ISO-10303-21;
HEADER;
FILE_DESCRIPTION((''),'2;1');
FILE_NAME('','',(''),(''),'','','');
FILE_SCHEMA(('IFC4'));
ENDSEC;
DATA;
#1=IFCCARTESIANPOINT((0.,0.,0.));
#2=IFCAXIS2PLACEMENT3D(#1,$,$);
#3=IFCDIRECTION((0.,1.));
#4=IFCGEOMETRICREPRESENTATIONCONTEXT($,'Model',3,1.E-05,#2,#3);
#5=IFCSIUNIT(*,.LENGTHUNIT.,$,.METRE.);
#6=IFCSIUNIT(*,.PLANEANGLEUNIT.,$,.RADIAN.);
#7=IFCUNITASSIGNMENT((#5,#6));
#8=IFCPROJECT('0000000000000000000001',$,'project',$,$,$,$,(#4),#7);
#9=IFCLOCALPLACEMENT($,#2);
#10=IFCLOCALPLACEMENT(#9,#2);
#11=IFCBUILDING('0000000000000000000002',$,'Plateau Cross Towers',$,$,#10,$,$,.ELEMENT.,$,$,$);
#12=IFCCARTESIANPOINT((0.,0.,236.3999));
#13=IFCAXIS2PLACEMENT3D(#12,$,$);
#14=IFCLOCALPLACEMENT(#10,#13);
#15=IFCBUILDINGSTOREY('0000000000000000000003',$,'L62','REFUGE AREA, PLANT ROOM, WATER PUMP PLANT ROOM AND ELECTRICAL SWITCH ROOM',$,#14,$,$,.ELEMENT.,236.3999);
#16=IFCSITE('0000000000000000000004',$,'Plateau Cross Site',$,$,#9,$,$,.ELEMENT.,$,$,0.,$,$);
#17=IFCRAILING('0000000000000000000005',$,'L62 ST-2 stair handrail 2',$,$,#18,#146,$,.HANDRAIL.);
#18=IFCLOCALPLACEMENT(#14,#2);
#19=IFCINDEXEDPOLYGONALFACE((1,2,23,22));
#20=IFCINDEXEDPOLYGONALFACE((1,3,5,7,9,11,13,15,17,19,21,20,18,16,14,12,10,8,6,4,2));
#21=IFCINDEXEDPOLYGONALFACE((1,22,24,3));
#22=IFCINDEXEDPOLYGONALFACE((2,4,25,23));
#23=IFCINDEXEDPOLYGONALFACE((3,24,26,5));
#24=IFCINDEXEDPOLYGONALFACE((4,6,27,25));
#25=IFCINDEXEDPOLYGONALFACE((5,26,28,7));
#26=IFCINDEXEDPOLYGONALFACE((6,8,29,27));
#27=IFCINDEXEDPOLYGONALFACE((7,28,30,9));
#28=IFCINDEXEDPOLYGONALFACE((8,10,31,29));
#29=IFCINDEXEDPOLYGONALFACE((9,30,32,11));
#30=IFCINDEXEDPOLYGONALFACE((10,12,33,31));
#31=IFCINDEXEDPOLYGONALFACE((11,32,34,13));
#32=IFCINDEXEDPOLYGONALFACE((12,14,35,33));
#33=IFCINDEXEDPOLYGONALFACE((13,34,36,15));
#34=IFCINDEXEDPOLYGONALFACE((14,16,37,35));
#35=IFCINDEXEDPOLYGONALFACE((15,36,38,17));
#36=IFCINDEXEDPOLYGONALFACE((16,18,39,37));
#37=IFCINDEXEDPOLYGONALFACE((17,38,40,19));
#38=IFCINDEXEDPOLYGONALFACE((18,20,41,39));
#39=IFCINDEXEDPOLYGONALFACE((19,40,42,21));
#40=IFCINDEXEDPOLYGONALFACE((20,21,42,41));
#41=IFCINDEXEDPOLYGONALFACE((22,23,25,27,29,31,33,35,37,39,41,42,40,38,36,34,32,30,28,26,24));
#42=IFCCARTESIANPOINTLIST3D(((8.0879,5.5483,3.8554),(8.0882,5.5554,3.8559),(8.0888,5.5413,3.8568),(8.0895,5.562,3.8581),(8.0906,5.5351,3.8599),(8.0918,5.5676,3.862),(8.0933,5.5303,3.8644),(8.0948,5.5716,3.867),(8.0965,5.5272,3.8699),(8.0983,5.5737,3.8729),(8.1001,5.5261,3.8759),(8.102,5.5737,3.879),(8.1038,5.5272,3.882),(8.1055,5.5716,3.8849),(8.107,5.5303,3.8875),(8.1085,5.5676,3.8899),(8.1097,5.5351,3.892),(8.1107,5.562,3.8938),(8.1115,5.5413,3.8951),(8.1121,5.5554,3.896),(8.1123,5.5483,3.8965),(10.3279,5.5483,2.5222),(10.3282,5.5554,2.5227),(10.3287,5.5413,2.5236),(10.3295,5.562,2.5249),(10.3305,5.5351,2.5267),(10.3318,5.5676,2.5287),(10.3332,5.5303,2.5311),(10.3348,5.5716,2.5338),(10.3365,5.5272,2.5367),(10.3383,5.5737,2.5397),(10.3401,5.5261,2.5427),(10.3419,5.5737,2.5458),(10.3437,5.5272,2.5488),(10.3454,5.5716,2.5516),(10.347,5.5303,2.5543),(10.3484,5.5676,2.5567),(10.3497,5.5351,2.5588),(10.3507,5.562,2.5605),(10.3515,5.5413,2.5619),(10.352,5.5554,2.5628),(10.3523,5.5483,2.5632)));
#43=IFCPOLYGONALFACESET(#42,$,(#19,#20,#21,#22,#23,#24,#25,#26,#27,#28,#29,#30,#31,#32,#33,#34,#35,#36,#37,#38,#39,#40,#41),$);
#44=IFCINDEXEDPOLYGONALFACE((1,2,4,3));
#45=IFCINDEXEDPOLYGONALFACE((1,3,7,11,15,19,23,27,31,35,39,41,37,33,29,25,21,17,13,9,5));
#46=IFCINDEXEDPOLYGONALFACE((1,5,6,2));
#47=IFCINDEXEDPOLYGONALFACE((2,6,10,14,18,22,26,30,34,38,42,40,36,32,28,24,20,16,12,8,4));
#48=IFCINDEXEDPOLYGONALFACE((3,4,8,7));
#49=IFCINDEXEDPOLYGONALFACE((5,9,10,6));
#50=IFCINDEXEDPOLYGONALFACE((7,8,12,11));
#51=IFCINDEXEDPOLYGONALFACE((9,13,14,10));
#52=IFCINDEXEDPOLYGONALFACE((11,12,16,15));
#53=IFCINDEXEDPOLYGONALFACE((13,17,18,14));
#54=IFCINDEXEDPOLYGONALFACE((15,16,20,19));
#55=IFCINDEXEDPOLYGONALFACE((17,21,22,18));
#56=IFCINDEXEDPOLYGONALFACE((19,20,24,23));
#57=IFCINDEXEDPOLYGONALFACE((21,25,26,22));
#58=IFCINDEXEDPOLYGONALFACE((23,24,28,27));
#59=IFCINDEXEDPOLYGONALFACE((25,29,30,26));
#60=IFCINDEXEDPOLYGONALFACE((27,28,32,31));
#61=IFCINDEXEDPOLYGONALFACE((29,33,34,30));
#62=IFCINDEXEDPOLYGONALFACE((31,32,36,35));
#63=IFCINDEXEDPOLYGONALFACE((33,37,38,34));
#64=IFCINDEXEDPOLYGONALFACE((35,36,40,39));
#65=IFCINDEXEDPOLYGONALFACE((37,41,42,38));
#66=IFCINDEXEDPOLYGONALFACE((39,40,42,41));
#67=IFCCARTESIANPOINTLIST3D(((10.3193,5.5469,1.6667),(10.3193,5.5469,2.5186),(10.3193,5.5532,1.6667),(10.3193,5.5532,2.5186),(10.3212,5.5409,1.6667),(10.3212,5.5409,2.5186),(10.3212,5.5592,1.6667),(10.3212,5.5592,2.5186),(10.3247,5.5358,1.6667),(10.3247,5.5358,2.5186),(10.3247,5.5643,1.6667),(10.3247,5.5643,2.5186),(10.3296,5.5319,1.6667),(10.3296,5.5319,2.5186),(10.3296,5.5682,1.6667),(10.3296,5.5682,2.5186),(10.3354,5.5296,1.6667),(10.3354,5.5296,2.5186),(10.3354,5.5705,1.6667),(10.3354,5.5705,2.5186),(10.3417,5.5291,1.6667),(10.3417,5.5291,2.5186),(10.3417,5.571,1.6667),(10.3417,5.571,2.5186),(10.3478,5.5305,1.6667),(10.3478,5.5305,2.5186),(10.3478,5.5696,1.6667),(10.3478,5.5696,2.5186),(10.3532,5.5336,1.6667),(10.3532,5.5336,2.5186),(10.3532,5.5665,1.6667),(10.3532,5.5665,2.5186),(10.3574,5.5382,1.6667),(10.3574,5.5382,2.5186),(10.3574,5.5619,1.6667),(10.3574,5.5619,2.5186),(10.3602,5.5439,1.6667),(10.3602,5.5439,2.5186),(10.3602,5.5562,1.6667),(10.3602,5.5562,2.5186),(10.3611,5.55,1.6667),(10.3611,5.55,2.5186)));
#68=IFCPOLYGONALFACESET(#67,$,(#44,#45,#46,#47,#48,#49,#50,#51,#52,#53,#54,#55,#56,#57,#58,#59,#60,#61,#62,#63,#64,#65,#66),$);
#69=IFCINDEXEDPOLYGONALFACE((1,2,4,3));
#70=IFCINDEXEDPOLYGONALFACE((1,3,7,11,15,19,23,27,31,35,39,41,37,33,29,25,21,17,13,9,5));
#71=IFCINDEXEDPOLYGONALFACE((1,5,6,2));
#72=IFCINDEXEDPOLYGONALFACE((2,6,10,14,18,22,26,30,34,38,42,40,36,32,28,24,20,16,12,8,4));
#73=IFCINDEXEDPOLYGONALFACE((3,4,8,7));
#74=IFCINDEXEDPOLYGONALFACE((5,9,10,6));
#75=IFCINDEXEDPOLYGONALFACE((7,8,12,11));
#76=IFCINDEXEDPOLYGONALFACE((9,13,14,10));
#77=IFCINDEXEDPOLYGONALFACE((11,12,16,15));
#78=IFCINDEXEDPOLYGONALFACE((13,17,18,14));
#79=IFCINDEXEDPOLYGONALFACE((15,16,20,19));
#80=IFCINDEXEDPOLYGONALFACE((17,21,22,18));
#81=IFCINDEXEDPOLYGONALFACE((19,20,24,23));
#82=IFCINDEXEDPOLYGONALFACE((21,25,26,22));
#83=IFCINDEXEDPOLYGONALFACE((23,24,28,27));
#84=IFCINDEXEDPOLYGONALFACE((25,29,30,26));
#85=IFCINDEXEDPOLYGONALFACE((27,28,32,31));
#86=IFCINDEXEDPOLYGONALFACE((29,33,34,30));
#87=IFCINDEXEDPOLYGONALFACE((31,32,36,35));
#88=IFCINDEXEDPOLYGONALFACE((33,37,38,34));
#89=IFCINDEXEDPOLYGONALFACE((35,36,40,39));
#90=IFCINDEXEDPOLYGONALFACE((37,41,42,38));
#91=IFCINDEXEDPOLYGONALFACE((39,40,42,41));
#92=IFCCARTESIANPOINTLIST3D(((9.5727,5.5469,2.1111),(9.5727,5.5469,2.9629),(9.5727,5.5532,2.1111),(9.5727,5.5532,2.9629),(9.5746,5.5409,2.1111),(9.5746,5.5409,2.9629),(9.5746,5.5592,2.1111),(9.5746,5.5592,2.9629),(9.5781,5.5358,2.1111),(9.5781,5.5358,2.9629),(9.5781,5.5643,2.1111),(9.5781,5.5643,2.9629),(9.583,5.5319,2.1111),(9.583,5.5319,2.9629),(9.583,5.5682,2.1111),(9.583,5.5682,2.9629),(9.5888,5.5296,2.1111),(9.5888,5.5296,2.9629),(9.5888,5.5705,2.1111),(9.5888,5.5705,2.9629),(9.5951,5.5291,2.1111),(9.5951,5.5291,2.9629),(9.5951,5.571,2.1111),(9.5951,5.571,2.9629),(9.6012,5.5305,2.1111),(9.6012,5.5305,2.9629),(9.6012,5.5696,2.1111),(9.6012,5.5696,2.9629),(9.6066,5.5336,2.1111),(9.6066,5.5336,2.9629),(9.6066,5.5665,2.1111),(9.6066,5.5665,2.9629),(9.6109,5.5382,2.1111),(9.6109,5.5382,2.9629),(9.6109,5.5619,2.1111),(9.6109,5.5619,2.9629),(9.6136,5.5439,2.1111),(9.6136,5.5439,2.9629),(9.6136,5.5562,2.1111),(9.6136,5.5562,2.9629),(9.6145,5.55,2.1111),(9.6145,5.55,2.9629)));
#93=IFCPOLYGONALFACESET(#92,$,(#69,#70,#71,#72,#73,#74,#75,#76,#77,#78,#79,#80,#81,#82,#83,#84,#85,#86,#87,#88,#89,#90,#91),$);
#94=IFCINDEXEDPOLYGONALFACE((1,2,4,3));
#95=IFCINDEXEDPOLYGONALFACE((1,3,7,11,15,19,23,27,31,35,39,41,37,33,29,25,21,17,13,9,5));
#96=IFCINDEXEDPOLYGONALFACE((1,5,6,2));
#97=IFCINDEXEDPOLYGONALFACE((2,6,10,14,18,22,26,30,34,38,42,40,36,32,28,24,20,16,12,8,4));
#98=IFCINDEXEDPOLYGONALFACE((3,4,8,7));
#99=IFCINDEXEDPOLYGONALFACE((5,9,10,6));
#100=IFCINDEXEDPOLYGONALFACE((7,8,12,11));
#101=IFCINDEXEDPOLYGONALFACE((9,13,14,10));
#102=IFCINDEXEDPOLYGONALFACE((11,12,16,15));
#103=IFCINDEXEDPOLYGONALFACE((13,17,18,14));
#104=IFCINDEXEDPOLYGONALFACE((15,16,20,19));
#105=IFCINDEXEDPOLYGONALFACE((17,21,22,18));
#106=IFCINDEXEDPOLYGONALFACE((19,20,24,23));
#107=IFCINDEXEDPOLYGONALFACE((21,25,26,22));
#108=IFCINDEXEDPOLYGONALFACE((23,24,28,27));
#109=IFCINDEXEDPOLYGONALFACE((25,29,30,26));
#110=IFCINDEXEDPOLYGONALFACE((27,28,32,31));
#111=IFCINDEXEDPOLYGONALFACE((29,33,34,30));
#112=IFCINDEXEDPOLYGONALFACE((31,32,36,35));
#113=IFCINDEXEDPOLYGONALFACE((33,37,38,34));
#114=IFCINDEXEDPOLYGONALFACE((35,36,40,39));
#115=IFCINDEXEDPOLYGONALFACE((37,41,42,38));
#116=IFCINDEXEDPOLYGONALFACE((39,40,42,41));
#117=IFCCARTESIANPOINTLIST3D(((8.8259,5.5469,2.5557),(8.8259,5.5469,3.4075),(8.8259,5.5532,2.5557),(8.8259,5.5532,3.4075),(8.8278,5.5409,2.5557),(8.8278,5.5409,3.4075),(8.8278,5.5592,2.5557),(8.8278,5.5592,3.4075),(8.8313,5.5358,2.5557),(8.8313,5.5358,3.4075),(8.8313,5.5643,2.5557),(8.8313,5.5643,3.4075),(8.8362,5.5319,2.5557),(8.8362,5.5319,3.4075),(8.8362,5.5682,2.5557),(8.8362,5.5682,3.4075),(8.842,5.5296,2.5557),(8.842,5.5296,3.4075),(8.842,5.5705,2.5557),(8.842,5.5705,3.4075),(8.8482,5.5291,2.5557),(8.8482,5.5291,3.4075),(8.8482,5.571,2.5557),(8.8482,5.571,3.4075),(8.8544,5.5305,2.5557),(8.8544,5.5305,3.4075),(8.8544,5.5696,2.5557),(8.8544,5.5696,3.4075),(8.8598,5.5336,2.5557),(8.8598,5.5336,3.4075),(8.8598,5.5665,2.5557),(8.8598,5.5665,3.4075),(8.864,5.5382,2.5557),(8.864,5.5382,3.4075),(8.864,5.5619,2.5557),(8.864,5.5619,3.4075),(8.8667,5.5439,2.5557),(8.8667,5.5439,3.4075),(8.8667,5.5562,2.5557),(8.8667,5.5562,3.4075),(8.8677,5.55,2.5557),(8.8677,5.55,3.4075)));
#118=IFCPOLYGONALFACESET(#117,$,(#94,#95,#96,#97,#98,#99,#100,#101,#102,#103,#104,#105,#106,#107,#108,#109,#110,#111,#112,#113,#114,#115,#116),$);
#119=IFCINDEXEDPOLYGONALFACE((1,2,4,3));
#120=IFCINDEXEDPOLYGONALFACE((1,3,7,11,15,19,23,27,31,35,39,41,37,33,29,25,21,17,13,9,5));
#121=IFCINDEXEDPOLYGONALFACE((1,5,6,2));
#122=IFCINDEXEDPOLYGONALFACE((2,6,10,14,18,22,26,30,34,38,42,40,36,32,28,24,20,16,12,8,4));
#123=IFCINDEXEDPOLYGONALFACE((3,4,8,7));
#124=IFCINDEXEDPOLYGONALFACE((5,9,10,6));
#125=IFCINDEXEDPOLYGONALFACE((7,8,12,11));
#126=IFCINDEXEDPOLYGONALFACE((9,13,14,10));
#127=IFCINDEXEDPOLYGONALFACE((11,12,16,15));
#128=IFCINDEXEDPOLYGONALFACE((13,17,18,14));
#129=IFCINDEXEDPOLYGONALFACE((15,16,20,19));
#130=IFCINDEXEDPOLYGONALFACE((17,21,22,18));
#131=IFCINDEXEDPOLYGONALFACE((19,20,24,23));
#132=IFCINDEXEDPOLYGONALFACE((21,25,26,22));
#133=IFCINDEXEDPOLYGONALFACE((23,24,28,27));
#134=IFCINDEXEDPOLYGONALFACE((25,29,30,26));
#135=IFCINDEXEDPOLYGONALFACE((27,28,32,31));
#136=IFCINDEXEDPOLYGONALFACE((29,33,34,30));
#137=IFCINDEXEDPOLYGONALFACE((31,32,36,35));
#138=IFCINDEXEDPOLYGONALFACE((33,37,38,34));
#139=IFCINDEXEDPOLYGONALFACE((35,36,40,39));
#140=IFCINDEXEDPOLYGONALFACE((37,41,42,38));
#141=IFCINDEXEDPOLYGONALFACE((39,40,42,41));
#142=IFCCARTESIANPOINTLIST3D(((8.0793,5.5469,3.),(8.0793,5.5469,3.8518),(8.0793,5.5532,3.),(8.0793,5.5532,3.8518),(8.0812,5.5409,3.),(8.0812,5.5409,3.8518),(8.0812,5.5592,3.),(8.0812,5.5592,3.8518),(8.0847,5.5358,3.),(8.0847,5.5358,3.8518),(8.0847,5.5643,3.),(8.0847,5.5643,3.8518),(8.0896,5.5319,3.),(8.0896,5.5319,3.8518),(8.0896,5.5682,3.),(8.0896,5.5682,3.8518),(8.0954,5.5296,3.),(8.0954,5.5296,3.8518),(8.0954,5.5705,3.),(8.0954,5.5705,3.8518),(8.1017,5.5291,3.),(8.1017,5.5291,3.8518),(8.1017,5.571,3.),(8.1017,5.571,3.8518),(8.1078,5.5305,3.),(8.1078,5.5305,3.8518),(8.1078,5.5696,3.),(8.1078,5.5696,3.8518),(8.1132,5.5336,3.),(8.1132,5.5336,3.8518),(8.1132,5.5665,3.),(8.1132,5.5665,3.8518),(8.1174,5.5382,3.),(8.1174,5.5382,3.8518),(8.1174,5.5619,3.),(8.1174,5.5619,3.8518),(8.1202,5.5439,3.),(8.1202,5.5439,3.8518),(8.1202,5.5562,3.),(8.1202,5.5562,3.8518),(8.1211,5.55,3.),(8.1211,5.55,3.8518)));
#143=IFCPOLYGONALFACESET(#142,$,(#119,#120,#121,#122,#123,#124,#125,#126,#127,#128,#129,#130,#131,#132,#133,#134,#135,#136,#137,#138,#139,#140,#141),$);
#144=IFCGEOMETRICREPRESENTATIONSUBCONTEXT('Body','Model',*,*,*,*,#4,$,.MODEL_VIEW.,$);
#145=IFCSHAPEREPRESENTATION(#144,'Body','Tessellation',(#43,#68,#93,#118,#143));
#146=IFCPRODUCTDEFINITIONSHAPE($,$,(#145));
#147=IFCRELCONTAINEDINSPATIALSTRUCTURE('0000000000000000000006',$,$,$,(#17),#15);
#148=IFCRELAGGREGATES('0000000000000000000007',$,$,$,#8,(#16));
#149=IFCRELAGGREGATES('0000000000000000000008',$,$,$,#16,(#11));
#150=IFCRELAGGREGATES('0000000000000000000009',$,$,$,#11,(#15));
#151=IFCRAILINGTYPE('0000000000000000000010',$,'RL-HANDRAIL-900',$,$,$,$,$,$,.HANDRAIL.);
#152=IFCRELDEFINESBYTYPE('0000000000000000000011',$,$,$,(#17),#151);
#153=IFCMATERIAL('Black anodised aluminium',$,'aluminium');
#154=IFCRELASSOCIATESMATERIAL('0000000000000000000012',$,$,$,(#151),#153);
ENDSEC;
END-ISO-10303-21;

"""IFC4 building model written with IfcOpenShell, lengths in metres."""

from ifc_helpers import new_model, si_unit, direction, frame, origin, origin_2d, place, context, subcontext, project, spatial, circle, extrude, material, type_object, element, save


model = new_model("IFC4")

# Units and contexts
model_context = context("Model", 3, precision=1e-05, world=origin(), true_north=direction((0.0, 1.0)))
body_context = subcontext(model_context, "Body", "Model", "MODEL_VIEW")
ifc_project = project(units=[si_unit("LENGTHUNIT", "METRE"), si_unit("PLANEANGLEUNIT", "RADIAN")], contexts=[model_context])

# Site, building, storey
site_placement = place(None, origin())
site = spatial("IfcSite", under=ifc_project, at=site_placement, Name="Plateau Cross Site", CompositionType="ELEMENT", RefElevation=0.0)
building_placement = place(site_placement, origin())
building = spatial("IfcBuilding", under=site, at=building_placement, Name="Plateau Cross Towers", CompositionType="ELEMENT")
storey_placement = place(building_placement, frame((0.0, 0.0, 236.3999)))
storey = spatial("IfcBuildingStorey", under=building, at=storey_placement, Name="L62", Description="REFUGE AREA, PLANT ROOM, WATER PUMP PLANT ROOM AND ELECTRICAL SWITCH ROOM", CompositionType="ELEMENT", Elevation=236.3999)

# Shared definitions
ifc_material_1 = material(Name="Black anodised aluminium", Category="aluminium")

# Railing
railing_type_1 = type_object("IfcRailingType", Name="RL-HANDRAIL-900", PredefinedType="HANDRAIL", material=ifc_material_1)
railing_1_placement = place(storey_placement, frame((10.3401, 5.55, 1.6667)))
element("IfcRailing", 1, at=railing_1_placement, inside=storey, type_object=railing_type_1, Name="L62 ST-2 stair handrail 2", PredefinedType="HANDRAIL", context=body_context, shape_type="SweptSolid", body=[
    extrude(circle(Radius=0.0239, at=origin_2d()), frame((0.0, 0.0, 0.876), z_axis=(-0.859306, 0.0, 0.511462), x_axis=(0.0, -1.0, 0.0)), (0.0, 0.0, 1.0), 2.6067),
    extrude(circle(Radius=0.021, at=origin_2d()), origin(), (0.0, 0.0, 1.0), 0.8518),
    extrude(circle(Radius=0.021, at=origin_2d()), frame((-0.7466, 0.0, 0.4443)), (0.0, 0.0, 1.0), 0.8518),
    extrude(circle(Radius=0.021, at=origin_2d()), frame((-1.4934, 0.0, 0.8889)), (0.0, 0.0, 1.0), 0.8518),
    extrude(circle(Radius=0.021, at=origin_2d()), frame((-2.24, 0.0, 1.3333)), (0.0, 0.0, 1.0), 0.8518),
])

save(model, "model.ifc")
